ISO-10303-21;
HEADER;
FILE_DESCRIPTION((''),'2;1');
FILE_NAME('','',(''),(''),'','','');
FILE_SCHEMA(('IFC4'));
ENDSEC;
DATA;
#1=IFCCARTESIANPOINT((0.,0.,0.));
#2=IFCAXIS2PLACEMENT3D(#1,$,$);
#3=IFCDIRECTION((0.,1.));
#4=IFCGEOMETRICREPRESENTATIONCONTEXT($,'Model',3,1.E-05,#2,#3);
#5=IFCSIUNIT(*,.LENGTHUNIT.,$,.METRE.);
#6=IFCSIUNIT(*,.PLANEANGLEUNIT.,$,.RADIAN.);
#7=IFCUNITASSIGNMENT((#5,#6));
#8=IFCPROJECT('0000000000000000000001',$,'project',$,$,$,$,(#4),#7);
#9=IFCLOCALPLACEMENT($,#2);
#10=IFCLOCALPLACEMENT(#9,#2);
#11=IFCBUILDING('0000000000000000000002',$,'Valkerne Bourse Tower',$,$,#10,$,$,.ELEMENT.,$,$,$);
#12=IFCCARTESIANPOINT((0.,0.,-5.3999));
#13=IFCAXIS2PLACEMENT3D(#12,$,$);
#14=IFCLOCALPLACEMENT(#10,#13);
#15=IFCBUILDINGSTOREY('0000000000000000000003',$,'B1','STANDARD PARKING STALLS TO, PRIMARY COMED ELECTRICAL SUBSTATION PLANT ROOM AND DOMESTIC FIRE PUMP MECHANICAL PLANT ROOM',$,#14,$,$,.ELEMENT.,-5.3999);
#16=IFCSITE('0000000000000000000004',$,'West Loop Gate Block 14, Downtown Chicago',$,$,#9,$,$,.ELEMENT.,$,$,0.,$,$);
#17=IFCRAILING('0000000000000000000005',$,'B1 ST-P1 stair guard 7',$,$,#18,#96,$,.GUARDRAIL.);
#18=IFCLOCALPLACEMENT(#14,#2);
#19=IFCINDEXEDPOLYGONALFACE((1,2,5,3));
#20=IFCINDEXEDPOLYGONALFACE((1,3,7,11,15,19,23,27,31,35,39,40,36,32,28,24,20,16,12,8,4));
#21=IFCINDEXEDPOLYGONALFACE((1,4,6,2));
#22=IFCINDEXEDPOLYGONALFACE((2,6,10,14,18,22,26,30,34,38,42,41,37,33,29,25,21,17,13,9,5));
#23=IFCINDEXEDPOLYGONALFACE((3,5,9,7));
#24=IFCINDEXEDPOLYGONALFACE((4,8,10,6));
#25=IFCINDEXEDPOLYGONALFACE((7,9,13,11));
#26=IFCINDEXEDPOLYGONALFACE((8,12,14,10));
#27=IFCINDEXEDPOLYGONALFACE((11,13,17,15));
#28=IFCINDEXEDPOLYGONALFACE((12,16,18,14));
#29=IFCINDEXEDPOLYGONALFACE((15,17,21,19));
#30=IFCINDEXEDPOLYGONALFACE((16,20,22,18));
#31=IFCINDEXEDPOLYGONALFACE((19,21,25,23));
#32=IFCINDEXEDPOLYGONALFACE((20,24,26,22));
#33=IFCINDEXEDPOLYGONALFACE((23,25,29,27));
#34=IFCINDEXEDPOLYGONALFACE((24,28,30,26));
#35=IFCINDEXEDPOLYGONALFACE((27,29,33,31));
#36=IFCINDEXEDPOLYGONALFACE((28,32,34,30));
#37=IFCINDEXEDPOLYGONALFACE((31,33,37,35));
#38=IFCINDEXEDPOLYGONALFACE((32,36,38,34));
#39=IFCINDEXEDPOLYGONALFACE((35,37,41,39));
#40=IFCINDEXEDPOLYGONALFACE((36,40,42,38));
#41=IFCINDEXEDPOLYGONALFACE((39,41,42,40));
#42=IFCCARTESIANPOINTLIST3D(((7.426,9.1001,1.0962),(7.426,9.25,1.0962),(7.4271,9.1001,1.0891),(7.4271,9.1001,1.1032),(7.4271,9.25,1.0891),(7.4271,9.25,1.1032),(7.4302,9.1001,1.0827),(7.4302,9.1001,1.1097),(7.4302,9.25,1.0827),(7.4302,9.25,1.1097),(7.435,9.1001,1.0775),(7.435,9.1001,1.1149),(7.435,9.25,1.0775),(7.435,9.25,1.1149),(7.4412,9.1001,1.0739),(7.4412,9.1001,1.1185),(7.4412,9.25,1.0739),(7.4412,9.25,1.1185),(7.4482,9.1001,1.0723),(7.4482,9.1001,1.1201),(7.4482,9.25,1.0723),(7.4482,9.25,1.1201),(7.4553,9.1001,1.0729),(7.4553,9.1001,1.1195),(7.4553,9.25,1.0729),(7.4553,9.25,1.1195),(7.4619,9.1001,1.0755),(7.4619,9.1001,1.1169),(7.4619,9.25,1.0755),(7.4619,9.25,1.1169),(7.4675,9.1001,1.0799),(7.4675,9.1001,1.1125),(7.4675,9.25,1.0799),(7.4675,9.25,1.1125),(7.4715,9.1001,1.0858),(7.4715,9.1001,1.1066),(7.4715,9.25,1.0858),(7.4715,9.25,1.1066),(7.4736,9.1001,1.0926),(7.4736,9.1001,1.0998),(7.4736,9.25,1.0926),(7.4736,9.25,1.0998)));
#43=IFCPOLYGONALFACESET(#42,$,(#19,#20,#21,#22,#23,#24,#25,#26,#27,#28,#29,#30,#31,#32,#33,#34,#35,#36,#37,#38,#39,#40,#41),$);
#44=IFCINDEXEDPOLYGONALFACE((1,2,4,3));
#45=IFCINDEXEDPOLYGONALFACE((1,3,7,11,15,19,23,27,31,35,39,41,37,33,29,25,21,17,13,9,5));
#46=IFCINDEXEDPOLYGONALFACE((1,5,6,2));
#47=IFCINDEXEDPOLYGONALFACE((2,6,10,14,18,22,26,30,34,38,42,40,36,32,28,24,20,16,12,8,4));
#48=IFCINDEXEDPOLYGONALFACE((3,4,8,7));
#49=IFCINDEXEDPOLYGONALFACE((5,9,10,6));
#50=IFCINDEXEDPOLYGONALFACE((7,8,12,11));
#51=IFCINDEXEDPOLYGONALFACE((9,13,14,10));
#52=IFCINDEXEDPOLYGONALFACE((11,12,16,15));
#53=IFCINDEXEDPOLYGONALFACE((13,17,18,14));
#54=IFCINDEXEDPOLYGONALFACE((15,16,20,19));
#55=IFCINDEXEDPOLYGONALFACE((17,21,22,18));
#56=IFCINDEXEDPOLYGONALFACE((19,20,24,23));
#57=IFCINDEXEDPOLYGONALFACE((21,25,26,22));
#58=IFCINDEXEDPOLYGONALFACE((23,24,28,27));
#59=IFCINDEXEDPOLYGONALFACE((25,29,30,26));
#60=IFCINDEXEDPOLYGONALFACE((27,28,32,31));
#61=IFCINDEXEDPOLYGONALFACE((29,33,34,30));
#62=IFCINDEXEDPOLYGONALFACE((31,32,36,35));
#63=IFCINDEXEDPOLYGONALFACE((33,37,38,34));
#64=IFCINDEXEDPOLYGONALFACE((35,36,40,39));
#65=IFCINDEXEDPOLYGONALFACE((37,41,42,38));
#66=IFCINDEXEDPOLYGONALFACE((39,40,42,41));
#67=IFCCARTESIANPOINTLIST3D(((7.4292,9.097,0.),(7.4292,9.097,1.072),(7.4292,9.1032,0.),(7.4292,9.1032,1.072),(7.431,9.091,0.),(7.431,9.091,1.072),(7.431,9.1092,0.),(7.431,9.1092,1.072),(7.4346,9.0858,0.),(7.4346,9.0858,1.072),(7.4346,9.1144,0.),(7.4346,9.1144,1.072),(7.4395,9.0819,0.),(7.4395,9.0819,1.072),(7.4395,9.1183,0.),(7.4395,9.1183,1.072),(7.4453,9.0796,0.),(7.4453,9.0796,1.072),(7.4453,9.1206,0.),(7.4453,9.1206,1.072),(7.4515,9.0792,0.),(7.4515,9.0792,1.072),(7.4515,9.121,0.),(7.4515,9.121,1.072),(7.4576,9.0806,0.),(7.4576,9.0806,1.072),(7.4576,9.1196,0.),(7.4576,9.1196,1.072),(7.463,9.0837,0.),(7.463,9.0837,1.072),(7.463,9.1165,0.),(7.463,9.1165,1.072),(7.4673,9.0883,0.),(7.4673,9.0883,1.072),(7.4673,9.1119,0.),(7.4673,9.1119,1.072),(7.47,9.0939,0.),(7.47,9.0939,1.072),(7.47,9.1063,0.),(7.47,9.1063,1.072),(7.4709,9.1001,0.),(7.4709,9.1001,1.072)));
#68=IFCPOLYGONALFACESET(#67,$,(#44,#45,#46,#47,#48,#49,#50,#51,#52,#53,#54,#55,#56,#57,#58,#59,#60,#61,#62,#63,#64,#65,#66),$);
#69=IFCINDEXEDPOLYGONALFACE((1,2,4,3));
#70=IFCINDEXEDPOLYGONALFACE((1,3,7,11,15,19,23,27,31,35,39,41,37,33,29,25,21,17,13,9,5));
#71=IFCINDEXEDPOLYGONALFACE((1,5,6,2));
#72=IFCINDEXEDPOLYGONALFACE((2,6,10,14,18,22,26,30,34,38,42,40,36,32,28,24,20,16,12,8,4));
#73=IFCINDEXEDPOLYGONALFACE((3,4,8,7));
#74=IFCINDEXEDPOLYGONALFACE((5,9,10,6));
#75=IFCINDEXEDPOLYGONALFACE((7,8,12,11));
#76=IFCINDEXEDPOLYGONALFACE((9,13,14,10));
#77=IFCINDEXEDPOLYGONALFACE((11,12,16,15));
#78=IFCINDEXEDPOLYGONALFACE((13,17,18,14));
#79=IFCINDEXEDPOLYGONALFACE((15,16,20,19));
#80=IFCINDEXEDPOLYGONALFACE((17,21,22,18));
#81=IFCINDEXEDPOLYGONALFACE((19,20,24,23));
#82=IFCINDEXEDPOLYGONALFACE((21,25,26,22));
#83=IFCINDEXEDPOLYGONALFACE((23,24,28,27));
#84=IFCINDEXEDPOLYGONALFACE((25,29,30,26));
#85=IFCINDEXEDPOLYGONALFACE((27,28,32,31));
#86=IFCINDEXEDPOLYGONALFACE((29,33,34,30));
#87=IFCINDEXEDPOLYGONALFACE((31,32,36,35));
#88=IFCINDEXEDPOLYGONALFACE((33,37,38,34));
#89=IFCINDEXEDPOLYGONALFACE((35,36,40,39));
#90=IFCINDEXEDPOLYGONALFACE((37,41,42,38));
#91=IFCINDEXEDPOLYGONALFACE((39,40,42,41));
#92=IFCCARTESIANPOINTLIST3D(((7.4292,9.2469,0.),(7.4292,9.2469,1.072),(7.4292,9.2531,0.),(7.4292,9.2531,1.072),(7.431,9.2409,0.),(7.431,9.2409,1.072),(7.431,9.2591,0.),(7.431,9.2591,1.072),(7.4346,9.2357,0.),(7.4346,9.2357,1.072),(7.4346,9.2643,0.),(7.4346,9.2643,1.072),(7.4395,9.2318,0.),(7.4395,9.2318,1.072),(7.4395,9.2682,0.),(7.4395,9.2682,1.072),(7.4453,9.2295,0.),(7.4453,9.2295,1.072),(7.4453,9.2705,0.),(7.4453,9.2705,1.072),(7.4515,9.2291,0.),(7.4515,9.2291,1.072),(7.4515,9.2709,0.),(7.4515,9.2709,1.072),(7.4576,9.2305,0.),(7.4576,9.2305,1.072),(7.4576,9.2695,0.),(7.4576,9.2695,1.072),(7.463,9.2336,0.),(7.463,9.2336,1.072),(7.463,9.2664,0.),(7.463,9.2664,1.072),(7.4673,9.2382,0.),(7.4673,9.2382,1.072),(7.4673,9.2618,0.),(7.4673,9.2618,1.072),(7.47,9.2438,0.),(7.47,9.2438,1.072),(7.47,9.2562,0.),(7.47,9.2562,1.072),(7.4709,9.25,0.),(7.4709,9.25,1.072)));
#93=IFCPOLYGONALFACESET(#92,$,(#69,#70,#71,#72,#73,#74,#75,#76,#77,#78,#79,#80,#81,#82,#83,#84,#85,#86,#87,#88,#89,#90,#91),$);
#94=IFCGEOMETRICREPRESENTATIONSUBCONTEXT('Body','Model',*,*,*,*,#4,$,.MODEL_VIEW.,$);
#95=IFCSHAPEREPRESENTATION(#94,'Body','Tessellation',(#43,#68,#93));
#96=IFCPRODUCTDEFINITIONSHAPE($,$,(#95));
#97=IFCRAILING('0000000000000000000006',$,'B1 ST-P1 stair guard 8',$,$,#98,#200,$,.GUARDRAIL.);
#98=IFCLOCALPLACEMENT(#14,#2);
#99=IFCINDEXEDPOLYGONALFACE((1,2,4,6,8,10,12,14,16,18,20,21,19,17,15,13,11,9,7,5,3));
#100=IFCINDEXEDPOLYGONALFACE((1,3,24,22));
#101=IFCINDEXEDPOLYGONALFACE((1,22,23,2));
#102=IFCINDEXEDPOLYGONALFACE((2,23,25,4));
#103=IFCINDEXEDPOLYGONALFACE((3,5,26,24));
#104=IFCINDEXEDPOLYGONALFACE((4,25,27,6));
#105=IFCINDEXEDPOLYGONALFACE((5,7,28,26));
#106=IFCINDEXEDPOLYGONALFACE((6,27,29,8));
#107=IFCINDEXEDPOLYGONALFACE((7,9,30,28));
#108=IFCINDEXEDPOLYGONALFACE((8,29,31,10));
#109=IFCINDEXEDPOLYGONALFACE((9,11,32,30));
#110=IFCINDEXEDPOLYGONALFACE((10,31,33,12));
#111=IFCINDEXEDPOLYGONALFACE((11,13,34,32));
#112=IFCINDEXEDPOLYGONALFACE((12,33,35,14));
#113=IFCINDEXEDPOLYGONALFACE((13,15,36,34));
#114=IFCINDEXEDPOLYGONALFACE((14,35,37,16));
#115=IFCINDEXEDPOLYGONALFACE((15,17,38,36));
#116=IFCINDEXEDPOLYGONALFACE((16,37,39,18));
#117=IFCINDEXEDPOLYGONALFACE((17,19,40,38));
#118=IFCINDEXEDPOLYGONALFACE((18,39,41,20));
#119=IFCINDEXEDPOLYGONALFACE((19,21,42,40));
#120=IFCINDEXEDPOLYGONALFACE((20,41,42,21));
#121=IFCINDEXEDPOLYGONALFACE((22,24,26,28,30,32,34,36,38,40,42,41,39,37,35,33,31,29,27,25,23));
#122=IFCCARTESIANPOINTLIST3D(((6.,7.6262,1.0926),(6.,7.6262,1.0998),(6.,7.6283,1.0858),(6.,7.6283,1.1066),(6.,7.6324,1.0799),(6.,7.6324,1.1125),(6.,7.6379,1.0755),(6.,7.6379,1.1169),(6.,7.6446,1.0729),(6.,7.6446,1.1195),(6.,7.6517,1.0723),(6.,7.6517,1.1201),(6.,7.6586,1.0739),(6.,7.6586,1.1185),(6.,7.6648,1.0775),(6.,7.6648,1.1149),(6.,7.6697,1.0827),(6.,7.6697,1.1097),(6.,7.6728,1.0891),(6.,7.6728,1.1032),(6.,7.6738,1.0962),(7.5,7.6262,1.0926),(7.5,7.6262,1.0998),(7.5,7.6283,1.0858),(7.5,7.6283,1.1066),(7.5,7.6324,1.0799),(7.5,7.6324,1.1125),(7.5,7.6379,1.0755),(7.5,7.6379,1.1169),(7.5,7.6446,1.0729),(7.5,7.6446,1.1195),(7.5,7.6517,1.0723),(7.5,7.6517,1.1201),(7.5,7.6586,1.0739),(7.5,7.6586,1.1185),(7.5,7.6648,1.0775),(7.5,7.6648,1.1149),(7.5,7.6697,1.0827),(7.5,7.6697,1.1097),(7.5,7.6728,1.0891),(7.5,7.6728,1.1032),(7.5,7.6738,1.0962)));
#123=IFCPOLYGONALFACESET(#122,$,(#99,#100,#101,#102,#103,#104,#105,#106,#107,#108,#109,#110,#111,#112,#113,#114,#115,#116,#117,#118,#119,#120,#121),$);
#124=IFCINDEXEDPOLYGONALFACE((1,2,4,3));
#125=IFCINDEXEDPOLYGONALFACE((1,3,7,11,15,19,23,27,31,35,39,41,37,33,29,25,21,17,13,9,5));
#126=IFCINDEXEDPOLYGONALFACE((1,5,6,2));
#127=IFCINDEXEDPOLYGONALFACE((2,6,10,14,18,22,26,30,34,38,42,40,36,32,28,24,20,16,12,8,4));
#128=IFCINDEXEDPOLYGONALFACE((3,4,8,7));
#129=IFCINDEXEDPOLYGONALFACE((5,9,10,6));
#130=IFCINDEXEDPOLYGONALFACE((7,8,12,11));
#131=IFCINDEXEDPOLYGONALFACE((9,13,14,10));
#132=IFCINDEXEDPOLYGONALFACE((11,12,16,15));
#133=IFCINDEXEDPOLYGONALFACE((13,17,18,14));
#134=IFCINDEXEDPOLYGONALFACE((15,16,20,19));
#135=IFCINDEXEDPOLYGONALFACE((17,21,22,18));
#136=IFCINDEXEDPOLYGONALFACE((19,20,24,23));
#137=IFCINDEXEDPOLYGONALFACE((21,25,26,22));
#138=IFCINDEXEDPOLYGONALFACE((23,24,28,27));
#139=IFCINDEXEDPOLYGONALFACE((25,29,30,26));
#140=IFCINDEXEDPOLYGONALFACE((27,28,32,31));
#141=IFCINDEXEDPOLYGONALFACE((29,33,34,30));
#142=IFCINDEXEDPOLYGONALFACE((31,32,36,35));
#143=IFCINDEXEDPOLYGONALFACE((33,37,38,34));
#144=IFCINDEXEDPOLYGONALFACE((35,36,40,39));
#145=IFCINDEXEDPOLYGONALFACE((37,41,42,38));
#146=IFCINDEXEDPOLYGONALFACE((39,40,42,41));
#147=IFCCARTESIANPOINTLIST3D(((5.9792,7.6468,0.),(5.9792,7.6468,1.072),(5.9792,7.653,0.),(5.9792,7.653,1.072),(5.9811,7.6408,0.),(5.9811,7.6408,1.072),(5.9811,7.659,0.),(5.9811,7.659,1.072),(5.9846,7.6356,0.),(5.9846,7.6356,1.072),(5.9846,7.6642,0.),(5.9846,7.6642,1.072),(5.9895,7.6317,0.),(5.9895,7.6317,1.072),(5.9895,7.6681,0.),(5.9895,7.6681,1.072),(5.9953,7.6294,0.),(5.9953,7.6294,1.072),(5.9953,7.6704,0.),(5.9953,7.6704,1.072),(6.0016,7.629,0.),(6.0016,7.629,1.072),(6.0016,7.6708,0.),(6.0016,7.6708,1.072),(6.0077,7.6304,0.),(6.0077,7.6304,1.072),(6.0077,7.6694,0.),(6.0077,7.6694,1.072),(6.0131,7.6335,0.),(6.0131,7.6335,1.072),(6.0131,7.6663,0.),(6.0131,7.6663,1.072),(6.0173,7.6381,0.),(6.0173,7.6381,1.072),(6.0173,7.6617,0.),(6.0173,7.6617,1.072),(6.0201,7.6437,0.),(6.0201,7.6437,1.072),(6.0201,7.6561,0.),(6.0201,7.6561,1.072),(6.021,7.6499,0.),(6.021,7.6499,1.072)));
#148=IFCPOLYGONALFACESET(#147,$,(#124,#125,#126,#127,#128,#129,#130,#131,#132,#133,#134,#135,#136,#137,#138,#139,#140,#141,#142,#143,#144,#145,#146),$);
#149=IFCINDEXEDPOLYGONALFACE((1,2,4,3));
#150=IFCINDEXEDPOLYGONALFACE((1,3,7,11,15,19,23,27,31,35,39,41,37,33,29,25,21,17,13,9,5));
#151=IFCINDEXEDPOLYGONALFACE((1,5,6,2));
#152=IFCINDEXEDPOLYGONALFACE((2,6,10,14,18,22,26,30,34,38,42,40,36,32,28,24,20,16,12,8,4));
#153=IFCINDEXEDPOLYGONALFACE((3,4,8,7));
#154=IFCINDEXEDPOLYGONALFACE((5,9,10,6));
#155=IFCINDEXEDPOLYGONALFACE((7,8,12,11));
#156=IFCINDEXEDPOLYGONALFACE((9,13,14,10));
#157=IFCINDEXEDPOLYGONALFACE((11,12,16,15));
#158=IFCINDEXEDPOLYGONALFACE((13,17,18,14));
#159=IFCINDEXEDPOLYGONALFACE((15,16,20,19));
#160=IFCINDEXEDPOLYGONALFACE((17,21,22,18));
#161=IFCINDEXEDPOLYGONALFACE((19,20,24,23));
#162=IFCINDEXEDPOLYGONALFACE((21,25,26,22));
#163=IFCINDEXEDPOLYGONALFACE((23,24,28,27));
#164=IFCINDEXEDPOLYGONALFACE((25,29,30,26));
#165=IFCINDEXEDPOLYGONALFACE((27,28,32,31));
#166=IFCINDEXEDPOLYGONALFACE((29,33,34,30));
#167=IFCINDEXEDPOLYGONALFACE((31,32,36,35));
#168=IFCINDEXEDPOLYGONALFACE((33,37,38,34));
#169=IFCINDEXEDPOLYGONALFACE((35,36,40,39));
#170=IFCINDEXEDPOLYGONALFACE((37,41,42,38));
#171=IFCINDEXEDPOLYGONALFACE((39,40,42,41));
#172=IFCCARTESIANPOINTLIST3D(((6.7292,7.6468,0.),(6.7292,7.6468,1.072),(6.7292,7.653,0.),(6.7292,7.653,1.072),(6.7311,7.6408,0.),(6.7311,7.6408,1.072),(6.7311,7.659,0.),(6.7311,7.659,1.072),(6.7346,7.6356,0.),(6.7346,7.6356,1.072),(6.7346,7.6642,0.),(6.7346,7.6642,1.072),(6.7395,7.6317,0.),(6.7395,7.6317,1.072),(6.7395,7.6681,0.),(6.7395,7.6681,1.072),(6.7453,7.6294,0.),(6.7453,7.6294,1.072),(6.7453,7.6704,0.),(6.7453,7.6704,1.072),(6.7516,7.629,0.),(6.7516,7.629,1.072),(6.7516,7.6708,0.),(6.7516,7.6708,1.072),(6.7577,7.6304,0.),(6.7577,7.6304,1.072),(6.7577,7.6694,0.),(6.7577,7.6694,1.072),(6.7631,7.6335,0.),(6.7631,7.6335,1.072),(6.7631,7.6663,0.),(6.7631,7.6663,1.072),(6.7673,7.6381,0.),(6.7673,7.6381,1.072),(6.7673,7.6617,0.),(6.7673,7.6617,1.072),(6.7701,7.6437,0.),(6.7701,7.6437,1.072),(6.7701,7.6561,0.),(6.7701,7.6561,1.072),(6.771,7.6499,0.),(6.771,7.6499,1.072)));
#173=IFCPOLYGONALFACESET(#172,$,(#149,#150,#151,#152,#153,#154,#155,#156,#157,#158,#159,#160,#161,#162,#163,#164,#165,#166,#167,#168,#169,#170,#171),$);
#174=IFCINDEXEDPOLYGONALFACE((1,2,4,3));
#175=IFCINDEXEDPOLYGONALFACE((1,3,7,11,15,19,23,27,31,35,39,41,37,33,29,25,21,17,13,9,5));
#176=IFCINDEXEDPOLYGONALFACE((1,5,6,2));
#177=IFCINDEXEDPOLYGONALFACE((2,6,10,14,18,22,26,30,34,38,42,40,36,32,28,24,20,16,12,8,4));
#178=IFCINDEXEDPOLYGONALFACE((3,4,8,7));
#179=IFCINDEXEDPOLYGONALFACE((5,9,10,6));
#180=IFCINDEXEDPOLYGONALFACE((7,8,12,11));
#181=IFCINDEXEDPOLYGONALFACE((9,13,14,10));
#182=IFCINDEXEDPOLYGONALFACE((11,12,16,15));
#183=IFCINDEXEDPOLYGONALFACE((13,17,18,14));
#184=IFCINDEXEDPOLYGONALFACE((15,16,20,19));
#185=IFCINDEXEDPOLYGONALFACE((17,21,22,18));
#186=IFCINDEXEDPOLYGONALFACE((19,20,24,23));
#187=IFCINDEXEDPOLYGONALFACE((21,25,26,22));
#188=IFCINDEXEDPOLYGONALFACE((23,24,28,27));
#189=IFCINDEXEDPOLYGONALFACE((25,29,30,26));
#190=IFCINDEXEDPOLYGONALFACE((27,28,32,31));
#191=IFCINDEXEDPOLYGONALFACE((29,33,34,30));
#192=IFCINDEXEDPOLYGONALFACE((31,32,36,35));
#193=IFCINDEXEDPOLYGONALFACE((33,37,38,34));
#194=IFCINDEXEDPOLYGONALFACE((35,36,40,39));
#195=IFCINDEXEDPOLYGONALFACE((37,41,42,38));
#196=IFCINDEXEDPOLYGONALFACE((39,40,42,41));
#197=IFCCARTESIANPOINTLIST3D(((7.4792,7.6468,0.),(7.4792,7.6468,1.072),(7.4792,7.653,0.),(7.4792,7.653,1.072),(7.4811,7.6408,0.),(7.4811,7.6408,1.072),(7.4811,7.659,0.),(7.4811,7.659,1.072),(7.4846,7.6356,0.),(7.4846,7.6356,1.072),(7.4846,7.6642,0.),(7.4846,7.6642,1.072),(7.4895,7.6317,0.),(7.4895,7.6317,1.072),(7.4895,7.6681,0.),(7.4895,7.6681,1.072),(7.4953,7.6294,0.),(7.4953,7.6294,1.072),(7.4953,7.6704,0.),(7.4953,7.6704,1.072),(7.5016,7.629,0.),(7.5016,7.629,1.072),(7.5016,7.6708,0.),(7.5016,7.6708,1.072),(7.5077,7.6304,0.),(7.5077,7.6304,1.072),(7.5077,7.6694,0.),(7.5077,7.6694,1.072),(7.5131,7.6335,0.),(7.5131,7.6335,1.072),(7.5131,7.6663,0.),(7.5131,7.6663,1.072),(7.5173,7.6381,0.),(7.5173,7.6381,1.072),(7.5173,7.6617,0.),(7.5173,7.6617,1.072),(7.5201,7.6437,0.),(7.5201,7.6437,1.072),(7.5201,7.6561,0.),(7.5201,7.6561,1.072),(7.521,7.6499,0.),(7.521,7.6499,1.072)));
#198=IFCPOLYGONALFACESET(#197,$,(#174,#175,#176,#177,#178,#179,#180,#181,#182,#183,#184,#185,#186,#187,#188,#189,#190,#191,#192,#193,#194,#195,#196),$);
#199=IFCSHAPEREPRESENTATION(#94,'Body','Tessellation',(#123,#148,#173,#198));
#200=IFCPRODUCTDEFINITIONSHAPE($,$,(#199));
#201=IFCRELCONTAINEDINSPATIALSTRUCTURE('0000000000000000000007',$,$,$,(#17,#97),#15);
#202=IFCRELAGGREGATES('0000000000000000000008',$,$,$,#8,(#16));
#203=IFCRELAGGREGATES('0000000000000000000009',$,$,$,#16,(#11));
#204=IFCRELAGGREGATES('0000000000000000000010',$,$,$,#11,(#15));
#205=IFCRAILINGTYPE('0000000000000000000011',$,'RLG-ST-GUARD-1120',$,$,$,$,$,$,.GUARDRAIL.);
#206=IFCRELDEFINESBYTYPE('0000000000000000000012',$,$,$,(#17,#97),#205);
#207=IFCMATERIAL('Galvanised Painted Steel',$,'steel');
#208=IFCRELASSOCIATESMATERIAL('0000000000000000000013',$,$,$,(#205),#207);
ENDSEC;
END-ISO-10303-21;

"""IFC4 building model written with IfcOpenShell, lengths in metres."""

from ifc_helpers import new_model, si_unit, direction, frame, origin, origin_2d, place, context, subcontext, project, spatial, circle, extrude, material, type_object, element, save


model = new_model("IFC4")

# Units and contexts
model_context = context("Model", 3, precision=1e-05, world=origin(), true_north=direction((0.0, 1.0)))
body_context = subcontext(model_context, "Body", "Model", "MODEL_VIEW")
ifc_project = project(units=[si_unit("LENGTHUNIT", "METRE"), si_unit("PLANEANGLEUNIT", "RADIAN")], contexts=[model_context])

# Site, building, storey
site_placement = place(None, origin())
site = spatial("IfcSite", under=ifc_project, at=site_placement, Name="West Loop Gate Block 14, Downtown Chicago", CompositionType="ELEMENT", RefElevation=0.0)
building_placement = place(site_placement, origin())
building = spatial("IfcBuilding", under=site, at=building_placement, Name="Valkerne Bourse Tower", CompositionType="ELEMENT")
storey_placement = place(building_placement, frame((0.0, 0.0, -5.3999)))
storey = spatial("IfcBuildingStorey", under=building, at=storey_placement, Name="B1", Description="STANDARD PARKING STALLS TO, PRIMARY COMED ELECTRICAL SUBSTATION PLANT ROOM AND DOMESTIC FIRE PUMP MECHANICAL PLANT ROOM", CompositionType="ELEMENT", Elevation=-5.3999)

# Shared definitions
ifc_material_1 = material(Name="Galvanised Painted Steel", Category="steel")

# Railings
railing_type_1 = type_object("IfcRailingType", Name="RLG-ST-GUARD-1120", PredefinedType="GUARDRAIL", material=ifc_material_1)
railing_1_placement = place(storey_placement, frame((7.45, 9.1001, 0.0)))
element("IfcRailing", 1, at=railing_1_placement, inside=storey, type_object=railing_type_1, Name="B1 ST-P1 stair guard 7", PredefinedType="GUARDRAIL", context=body_context, shape_type="SweptSolid", body=[
    extrude(circle(Radius=0.0239, at=origin_2d()), frame((0.0, 0.0, 1.0962), z_axis=(0.0, 1.0, 0.0), x_axis=(-1.0, 0.0, 0.0)), (0.0, 0.0, 1.0), 0.1499),
    extrude(circle(Radius=0.021, at=origin_2d()), origin(), (0.0, 0.0, 1.0), 1.072),
    extrude(circle(Radius=0.021, at=origin_2d()), frame((0.0, 0.1499, 0.0)), (0.0, 0.0, 1.0), 1.072),
])
for number, where, name in (
    (2, (6.0, 7.6499, 0.0), "B1 ST-P1 stair guard 8"),
):
    element("IfcRailing", number, at=place(storey_placement, frame(where)), inside=storey, type_object=railing_type_1, Name=name, PredefinedType="GUARDRAIL", context=body_context, shape_type="SweptSolid", body=[
        extrude(circle(Radius=0.0239, at=origin_2d()), frame((0.0, 0.0, 1.0962), z_axis=(1.0, 0.0, 0.0), x_axis=(0.0, 1.0, 0.0)), (0.0, 0.0, 1.0), 1.5),
        extrude(circle(Radius=0.021, at=origin_2d()), origin(), (0.0, 0.0, 1.0), 1.072),
        extrude(circle(Radius=0.021, at=origin_2d()), frame((0.75, 0.0, 0.0)), (0.0, 0.0, 1.0), 1.072),
        extrude(circle(Radius=0.021, at=origin_2d()), frame((1.5, 0.0, 0.0)), (0.0, 0.0, 1.0), 1.072),
    ])

save(model, "model.ifc")
